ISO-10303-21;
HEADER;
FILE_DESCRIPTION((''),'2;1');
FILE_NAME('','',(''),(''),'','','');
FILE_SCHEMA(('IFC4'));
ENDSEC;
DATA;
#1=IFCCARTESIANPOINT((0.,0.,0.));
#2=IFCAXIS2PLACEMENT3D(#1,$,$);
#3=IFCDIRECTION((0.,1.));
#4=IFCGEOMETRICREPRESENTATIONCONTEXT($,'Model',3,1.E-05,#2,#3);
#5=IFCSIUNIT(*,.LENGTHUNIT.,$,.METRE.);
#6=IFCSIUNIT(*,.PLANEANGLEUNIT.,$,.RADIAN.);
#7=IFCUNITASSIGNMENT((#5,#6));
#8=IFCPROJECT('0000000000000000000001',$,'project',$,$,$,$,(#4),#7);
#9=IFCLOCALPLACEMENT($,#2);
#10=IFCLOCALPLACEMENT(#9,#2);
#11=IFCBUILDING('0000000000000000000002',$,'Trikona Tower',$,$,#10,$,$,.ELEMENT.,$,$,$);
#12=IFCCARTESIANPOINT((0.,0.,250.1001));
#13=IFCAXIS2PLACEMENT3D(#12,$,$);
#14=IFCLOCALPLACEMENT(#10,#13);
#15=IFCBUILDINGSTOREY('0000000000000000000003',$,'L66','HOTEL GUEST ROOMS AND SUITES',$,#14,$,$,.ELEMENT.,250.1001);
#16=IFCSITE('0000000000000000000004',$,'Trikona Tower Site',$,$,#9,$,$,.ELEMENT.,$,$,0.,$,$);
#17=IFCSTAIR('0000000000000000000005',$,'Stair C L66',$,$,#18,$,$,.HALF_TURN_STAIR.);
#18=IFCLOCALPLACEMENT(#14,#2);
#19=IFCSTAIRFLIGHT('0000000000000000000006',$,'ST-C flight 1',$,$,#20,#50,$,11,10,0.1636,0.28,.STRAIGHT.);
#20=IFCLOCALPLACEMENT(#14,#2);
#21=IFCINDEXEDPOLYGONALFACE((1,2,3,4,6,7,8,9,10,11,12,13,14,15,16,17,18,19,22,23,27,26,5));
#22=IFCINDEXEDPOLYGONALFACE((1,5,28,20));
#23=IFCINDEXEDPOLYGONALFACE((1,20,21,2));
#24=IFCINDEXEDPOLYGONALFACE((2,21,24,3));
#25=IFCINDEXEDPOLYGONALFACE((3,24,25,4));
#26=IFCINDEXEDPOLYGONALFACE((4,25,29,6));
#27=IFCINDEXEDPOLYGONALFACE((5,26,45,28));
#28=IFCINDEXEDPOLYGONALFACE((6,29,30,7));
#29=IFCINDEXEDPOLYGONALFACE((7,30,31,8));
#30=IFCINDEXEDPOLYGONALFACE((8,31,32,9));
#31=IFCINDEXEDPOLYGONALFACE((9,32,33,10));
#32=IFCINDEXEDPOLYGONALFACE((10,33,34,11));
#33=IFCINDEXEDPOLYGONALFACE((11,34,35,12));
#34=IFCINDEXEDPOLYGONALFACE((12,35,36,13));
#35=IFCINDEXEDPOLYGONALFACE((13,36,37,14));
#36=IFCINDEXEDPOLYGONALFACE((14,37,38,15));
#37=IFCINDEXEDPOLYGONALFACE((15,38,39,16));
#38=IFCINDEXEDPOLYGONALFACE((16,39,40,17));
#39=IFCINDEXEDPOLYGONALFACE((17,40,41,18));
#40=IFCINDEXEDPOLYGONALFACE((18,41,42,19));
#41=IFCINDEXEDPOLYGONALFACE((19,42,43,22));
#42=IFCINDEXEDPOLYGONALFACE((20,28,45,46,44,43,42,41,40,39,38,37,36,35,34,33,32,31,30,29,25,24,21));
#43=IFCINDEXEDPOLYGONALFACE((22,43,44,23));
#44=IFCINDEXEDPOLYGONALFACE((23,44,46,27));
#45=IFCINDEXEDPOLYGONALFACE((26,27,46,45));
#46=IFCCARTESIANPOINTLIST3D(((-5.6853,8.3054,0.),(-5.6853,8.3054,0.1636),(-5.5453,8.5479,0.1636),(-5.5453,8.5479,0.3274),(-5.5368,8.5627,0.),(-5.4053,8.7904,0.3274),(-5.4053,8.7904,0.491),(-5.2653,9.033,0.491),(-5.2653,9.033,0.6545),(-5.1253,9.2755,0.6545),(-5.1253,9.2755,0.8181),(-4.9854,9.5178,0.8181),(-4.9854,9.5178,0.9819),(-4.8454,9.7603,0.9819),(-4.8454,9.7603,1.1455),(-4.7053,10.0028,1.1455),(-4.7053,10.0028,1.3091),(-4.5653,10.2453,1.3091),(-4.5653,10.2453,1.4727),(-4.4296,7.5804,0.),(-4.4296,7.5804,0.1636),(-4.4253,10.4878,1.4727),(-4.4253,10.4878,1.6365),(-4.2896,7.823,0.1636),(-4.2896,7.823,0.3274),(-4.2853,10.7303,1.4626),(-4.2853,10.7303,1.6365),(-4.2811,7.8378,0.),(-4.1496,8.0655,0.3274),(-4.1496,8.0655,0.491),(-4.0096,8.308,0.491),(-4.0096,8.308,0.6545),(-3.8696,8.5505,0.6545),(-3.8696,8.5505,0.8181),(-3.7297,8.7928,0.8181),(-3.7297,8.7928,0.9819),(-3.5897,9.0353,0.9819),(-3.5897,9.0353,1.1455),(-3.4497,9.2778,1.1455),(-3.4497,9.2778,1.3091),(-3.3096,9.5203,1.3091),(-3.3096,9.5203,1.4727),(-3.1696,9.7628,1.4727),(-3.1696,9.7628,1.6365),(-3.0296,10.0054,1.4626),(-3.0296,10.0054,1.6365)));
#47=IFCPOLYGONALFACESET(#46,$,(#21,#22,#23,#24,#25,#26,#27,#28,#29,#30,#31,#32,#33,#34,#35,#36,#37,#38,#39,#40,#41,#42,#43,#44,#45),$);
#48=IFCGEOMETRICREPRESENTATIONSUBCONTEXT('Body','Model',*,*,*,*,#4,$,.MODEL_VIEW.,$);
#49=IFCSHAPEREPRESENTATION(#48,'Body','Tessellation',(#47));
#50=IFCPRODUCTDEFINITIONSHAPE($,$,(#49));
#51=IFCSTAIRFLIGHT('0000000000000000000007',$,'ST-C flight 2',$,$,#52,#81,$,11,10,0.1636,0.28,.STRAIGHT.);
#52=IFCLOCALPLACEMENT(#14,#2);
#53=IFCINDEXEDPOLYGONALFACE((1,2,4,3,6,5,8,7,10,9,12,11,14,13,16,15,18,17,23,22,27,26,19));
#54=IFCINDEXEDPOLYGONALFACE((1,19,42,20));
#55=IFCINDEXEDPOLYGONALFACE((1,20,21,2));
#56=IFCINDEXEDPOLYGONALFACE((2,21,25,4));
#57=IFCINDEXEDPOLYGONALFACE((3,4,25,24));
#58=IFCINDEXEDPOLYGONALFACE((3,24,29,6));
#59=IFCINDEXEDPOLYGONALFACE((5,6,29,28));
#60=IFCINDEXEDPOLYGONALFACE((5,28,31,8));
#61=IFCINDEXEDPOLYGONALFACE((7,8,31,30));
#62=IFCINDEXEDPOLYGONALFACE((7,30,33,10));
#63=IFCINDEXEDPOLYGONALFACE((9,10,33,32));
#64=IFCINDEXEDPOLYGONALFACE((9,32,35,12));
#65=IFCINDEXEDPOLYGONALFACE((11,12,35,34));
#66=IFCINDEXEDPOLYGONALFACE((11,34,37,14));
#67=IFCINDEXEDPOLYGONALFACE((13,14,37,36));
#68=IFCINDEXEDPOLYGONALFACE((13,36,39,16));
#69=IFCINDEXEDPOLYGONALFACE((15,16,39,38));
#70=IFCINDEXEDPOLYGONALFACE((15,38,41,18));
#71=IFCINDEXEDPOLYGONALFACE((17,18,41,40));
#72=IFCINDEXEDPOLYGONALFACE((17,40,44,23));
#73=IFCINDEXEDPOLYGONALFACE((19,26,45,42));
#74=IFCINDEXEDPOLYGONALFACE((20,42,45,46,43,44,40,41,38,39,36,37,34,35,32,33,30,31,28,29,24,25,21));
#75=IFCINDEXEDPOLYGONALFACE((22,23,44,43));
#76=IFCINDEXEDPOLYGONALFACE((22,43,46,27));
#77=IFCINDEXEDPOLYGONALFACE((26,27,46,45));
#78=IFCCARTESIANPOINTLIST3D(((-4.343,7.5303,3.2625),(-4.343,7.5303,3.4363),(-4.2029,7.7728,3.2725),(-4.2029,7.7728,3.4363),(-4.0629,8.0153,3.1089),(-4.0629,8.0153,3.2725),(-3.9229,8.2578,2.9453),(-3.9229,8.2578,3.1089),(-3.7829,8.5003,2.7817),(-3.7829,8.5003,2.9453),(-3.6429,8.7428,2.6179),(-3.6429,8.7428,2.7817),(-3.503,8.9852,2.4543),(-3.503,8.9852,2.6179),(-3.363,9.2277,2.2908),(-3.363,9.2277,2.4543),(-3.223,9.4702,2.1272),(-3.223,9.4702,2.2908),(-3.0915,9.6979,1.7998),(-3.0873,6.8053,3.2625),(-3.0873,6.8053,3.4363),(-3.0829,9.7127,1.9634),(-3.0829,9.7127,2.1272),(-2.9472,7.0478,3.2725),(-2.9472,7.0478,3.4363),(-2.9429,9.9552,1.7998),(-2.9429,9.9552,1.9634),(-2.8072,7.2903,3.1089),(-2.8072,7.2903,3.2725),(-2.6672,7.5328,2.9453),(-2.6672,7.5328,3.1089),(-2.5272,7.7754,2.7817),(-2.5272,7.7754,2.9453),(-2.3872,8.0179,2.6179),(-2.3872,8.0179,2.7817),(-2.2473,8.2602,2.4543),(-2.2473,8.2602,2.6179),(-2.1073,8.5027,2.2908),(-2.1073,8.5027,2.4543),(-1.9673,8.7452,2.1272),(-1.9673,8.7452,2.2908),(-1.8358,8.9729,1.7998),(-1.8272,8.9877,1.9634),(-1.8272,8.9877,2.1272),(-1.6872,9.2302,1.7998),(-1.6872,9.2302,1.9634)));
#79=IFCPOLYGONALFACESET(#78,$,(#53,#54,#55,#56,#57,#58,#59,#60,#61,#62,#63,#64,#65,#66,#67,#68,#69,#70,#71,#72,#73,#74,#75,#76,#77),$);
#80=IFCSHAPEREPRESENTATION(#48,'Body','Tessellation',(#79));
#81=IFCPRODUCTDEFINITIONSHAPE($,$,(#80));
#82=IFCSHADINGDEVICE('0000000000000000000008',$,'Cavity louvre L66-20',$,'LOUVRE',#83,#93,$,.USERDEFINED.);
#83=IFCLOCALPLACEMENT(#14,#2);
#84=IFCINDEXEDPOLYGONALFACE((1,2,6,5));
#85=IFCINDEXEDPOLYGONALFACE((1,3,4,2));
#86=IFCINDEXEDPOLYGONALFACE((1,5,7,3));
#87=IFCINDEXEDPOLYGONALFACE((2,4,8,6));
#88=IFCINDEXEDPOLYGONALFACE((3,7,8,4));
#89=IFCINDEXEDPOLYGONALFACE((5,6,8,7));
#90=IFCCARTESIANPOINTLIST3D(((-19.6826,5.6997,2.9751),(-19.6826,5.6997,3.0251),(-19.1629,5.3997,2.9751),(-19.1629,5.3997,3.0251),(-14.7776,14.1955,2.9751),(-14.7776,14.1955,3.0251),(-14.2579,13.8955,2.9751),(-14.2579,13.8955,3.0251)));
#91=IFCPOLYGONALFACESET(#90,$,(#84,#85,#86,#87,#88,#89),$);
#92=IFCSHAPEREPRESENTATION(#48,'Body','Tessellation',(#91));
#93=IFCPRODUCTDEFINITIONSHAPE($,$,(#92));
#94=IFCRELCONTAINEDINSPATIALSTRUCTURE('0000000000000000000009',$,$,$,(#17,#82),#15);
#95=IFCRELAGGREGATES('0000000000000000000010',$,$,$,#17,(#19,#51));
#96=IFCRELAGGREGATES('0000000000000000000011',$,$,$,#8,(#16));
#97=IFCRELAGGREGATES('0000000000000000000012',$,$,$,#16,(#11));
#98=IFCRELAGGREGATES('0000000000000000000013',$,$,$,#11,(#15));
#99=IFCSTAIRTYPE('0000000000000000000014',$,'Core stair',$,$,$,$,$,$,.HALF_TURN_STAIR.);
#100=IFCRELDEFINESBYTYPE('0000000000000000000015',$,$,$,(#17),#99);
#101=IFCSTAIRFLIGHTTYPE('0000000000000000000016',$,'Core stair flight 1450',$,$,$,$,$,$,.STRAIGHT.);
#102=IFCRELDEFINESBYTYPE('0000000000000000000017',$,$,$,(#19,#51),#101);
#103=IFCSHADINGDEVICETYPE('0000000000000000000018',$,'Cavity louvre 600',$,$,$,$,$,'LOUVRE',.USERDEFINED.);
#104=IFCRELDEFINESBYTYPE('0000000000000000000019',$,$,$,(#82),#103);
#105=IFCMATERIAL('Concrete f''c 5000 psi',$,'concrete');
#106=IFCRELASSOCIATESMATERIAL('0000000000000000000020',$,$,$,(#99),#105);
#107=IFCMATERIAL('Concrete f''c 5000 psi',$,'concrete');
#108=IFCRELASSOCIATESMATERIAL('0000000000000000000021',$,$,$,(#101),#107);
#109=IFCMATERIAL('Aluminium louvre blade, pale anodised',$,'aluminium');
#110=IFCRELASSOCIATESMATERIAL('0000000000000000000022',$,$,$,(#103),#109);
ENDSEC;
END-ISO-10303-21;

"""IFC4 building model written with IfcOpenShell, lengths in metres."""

from ifc_helpers import new_model, si_unit, direction, frame, origin, origin_2d, place, context, subcontext, project, spatial, polyline, rectangle, outline, extrude, material, type_object, element, aggregate, save


model = new_model("IFC4")

# Units and contexts
model_context = context("Model", 3, precision=1e-05, world=origin(), true_north=direction((0.0, 1.0)))
body_context = subcontext(model_context, "Body", "Model", "MODEL_VIEW")
ifc_project = project(units=[si_unit("LENGTHUNIT", "METRE"), si_unit("PLANEANGLEUNIT", "RADIAN")], contexts=[model_context])

# Site, building, storey
site_placement = place(None, origin())
site = spatial("IfcSite", under=ifc_project, at=site_placement, Name="Trikona Tower Site", CompositionType="ELEMENT", RefElevation=0.0)
building_placement = place(site_placement, origin())
building = spatial("IfcBuilding", under=site, at=building_placement, Name="Trikona Tower", CompositionType="ELEMENT")
storey_placement = place(building_placement, frame((0.0, 0.0, 250.1001)))
storey = spatial("IfcBuildingStorey", under=building, at=storey_placement, Name="L66", Description="HOTEL GUEST ROOMS AND SUITES", CompositionType="ELEMENT", Elevation=250.1001)

# Stair, stair flights
ifc_material_1 = material(Name="Concrete f'c 5000 psi", Category="concrete")
stair_type = type_object("IfcStairType", Name="Core stair", PredefinedType="HALF_TURN_STAIR", material=ifc_material_1)
stair_placement = place(storey_placement, origin())
stair = element("IfcStair", 1, at=stair_placement, inside=storey, type_object=stair_type, Name="Stair C L66", PredefinedType="HALF_TURN_STAIR")
ifc_material_2 = material(Name="Concrete f'c 5000 psi", Category="concrete")
stair_flight_type = type_object("IfcStairFlightType", Name="Core stair flight 1450", PredefinedType="STRAIGHT", material=ifc_material_2)
stair_flight_1_placement = place(storey_placement, frame((-5.0574, 7.9429, 0.0), z_axis=(0.0, 0.0, 1.0), x_axis=(0.5, 0.866025, 0.0)))
stair_flight_1 = element("IfcStairFlight", 2, at=stair_flight_1_placement, type_object=stair_flight_type, Name="ST-C flight 1", NumberOfRisers=11, NumberOfTreads=10, PredefinedType="STRAIGHT", RiserHeight=0.1636, TreadLength=0.28, context=body_context, shape_type="SweptSolid", body=[
    extrude(outline(polyline([(0.0, 0.0), (0.0, 0.1636), (0.28, 0.1636), (0.28, 0.3274), (0.5601, 0.3274), (0.5601, 0.491), (0.8401, 0.491), (0.8401, 0.6545), (1.1201, 0.6545), (1.1201, 0.8181), (1.3999, 0.8181), (1.3999, 0.9819), (1.6799, 0.9819), (1.6799, 1.1455), (1.96, 1.1455), (1.96, 1.3091), (2.24, 1.3091), (2.24, 1.4727), (2.52, 1.4727), (2.52, 1.6365), (2.8, 1.6365), (2.8, 1.8), (2.8, 1.4626), (0.2971, 0.0), (0.0, 0.0)])), frame((0.0, 0.7251, 0.0), z_axis=(0.0, -1.0, 0.0), x_axis=(1.0, 0.0, 0.0)), (0.0, 0.0, 1.0), 1.45),
])
stair_flight_2_placement = place(storey_placement, frame((-2.3152, 9.5928, 1.7998), z_axis=(0.0, 0.0, 1.0), x_axis=(-0.5, -0.866025, 0.0)))
stair_flight_2 = element("IfcStairFlight", 3, at=stair_flight_2_placement, type_object=stair_flight_type, Name="ST-C flight 2", NumberOfRisers=11, NumberOfTreads=10, PredefinedType="STRAIGHT", RiserHeight=0.1636, TreadLength=0.28, context=body_context, shape_type="SweptSolid", body=[
    extrude(outline(polyline([(0.0, 0.0), (0.0, 0.1636), (0.28, 0.1636), (0.28, 0.3274), (0.5601, 0.3274), (0.5601, 0.491), (0.8401, 0.491), (0.8401, 0.6545), (1.1201, 0.6545), (1.1201, 0.8181), (1.3999, 0.8181), (1.3999, 0.9819), (1.6799, 0.9819), (1.6799, 1.1455), (1.96, 1.1455), (1.96, 1.3091), (2.24, 1.3091), (2.24, 1.4727), (2.52, 1.4727), (2.52, 1.6365), (2.8, 1.6365), (2.8, 1.8), (2.8, 1.4626), (0.2971, 0.0), (0.0, 0.0)])), frame((0.0, 0.7251, 0.0), z_axis=(0.0, -1.0, 0.0), x_axis=(1.0, 0.0, 0.0)), (0.0, 0.0, 1.0), 1.45),
])
aggregate(stair, [stair_flight_1, stair_flight_2])

# Shading device
ifc_material_3 = material(Name="Aluminium louvre blade, pale anodised", Category="aluminium")
shading_device_type = type_object("IfcShadingDeviceType", Name="Cavity louvre 600", ElementType="LOUVRE", PredefinedType="USERDEFINED", material=ifc_material_3)
shading_device_placement = place(storey_placement, frame((-16.9702, 9.7976, 2.9751), z_axis=(0.0, 0.0, 1.0), x_axis=(-0.499998, -0.866026, 0.0)))
element("IfcShadingDevice", 4, at=shading_device_placement, inside=storey, type_object=shading_device_type, Name="Cavity louvre L66-20", ObjectType="LOUVRE", PredefinedType="USERDEFINED", context=body_context, shape_type="SweptSolid", body=[
    extrude(rectangle(XDim=9.8101, YDim=0.6001, at=origin_2d()), origin(), (0.0, 0.0, 1.0), 0.05),
])

save(model, "model.ifc")
